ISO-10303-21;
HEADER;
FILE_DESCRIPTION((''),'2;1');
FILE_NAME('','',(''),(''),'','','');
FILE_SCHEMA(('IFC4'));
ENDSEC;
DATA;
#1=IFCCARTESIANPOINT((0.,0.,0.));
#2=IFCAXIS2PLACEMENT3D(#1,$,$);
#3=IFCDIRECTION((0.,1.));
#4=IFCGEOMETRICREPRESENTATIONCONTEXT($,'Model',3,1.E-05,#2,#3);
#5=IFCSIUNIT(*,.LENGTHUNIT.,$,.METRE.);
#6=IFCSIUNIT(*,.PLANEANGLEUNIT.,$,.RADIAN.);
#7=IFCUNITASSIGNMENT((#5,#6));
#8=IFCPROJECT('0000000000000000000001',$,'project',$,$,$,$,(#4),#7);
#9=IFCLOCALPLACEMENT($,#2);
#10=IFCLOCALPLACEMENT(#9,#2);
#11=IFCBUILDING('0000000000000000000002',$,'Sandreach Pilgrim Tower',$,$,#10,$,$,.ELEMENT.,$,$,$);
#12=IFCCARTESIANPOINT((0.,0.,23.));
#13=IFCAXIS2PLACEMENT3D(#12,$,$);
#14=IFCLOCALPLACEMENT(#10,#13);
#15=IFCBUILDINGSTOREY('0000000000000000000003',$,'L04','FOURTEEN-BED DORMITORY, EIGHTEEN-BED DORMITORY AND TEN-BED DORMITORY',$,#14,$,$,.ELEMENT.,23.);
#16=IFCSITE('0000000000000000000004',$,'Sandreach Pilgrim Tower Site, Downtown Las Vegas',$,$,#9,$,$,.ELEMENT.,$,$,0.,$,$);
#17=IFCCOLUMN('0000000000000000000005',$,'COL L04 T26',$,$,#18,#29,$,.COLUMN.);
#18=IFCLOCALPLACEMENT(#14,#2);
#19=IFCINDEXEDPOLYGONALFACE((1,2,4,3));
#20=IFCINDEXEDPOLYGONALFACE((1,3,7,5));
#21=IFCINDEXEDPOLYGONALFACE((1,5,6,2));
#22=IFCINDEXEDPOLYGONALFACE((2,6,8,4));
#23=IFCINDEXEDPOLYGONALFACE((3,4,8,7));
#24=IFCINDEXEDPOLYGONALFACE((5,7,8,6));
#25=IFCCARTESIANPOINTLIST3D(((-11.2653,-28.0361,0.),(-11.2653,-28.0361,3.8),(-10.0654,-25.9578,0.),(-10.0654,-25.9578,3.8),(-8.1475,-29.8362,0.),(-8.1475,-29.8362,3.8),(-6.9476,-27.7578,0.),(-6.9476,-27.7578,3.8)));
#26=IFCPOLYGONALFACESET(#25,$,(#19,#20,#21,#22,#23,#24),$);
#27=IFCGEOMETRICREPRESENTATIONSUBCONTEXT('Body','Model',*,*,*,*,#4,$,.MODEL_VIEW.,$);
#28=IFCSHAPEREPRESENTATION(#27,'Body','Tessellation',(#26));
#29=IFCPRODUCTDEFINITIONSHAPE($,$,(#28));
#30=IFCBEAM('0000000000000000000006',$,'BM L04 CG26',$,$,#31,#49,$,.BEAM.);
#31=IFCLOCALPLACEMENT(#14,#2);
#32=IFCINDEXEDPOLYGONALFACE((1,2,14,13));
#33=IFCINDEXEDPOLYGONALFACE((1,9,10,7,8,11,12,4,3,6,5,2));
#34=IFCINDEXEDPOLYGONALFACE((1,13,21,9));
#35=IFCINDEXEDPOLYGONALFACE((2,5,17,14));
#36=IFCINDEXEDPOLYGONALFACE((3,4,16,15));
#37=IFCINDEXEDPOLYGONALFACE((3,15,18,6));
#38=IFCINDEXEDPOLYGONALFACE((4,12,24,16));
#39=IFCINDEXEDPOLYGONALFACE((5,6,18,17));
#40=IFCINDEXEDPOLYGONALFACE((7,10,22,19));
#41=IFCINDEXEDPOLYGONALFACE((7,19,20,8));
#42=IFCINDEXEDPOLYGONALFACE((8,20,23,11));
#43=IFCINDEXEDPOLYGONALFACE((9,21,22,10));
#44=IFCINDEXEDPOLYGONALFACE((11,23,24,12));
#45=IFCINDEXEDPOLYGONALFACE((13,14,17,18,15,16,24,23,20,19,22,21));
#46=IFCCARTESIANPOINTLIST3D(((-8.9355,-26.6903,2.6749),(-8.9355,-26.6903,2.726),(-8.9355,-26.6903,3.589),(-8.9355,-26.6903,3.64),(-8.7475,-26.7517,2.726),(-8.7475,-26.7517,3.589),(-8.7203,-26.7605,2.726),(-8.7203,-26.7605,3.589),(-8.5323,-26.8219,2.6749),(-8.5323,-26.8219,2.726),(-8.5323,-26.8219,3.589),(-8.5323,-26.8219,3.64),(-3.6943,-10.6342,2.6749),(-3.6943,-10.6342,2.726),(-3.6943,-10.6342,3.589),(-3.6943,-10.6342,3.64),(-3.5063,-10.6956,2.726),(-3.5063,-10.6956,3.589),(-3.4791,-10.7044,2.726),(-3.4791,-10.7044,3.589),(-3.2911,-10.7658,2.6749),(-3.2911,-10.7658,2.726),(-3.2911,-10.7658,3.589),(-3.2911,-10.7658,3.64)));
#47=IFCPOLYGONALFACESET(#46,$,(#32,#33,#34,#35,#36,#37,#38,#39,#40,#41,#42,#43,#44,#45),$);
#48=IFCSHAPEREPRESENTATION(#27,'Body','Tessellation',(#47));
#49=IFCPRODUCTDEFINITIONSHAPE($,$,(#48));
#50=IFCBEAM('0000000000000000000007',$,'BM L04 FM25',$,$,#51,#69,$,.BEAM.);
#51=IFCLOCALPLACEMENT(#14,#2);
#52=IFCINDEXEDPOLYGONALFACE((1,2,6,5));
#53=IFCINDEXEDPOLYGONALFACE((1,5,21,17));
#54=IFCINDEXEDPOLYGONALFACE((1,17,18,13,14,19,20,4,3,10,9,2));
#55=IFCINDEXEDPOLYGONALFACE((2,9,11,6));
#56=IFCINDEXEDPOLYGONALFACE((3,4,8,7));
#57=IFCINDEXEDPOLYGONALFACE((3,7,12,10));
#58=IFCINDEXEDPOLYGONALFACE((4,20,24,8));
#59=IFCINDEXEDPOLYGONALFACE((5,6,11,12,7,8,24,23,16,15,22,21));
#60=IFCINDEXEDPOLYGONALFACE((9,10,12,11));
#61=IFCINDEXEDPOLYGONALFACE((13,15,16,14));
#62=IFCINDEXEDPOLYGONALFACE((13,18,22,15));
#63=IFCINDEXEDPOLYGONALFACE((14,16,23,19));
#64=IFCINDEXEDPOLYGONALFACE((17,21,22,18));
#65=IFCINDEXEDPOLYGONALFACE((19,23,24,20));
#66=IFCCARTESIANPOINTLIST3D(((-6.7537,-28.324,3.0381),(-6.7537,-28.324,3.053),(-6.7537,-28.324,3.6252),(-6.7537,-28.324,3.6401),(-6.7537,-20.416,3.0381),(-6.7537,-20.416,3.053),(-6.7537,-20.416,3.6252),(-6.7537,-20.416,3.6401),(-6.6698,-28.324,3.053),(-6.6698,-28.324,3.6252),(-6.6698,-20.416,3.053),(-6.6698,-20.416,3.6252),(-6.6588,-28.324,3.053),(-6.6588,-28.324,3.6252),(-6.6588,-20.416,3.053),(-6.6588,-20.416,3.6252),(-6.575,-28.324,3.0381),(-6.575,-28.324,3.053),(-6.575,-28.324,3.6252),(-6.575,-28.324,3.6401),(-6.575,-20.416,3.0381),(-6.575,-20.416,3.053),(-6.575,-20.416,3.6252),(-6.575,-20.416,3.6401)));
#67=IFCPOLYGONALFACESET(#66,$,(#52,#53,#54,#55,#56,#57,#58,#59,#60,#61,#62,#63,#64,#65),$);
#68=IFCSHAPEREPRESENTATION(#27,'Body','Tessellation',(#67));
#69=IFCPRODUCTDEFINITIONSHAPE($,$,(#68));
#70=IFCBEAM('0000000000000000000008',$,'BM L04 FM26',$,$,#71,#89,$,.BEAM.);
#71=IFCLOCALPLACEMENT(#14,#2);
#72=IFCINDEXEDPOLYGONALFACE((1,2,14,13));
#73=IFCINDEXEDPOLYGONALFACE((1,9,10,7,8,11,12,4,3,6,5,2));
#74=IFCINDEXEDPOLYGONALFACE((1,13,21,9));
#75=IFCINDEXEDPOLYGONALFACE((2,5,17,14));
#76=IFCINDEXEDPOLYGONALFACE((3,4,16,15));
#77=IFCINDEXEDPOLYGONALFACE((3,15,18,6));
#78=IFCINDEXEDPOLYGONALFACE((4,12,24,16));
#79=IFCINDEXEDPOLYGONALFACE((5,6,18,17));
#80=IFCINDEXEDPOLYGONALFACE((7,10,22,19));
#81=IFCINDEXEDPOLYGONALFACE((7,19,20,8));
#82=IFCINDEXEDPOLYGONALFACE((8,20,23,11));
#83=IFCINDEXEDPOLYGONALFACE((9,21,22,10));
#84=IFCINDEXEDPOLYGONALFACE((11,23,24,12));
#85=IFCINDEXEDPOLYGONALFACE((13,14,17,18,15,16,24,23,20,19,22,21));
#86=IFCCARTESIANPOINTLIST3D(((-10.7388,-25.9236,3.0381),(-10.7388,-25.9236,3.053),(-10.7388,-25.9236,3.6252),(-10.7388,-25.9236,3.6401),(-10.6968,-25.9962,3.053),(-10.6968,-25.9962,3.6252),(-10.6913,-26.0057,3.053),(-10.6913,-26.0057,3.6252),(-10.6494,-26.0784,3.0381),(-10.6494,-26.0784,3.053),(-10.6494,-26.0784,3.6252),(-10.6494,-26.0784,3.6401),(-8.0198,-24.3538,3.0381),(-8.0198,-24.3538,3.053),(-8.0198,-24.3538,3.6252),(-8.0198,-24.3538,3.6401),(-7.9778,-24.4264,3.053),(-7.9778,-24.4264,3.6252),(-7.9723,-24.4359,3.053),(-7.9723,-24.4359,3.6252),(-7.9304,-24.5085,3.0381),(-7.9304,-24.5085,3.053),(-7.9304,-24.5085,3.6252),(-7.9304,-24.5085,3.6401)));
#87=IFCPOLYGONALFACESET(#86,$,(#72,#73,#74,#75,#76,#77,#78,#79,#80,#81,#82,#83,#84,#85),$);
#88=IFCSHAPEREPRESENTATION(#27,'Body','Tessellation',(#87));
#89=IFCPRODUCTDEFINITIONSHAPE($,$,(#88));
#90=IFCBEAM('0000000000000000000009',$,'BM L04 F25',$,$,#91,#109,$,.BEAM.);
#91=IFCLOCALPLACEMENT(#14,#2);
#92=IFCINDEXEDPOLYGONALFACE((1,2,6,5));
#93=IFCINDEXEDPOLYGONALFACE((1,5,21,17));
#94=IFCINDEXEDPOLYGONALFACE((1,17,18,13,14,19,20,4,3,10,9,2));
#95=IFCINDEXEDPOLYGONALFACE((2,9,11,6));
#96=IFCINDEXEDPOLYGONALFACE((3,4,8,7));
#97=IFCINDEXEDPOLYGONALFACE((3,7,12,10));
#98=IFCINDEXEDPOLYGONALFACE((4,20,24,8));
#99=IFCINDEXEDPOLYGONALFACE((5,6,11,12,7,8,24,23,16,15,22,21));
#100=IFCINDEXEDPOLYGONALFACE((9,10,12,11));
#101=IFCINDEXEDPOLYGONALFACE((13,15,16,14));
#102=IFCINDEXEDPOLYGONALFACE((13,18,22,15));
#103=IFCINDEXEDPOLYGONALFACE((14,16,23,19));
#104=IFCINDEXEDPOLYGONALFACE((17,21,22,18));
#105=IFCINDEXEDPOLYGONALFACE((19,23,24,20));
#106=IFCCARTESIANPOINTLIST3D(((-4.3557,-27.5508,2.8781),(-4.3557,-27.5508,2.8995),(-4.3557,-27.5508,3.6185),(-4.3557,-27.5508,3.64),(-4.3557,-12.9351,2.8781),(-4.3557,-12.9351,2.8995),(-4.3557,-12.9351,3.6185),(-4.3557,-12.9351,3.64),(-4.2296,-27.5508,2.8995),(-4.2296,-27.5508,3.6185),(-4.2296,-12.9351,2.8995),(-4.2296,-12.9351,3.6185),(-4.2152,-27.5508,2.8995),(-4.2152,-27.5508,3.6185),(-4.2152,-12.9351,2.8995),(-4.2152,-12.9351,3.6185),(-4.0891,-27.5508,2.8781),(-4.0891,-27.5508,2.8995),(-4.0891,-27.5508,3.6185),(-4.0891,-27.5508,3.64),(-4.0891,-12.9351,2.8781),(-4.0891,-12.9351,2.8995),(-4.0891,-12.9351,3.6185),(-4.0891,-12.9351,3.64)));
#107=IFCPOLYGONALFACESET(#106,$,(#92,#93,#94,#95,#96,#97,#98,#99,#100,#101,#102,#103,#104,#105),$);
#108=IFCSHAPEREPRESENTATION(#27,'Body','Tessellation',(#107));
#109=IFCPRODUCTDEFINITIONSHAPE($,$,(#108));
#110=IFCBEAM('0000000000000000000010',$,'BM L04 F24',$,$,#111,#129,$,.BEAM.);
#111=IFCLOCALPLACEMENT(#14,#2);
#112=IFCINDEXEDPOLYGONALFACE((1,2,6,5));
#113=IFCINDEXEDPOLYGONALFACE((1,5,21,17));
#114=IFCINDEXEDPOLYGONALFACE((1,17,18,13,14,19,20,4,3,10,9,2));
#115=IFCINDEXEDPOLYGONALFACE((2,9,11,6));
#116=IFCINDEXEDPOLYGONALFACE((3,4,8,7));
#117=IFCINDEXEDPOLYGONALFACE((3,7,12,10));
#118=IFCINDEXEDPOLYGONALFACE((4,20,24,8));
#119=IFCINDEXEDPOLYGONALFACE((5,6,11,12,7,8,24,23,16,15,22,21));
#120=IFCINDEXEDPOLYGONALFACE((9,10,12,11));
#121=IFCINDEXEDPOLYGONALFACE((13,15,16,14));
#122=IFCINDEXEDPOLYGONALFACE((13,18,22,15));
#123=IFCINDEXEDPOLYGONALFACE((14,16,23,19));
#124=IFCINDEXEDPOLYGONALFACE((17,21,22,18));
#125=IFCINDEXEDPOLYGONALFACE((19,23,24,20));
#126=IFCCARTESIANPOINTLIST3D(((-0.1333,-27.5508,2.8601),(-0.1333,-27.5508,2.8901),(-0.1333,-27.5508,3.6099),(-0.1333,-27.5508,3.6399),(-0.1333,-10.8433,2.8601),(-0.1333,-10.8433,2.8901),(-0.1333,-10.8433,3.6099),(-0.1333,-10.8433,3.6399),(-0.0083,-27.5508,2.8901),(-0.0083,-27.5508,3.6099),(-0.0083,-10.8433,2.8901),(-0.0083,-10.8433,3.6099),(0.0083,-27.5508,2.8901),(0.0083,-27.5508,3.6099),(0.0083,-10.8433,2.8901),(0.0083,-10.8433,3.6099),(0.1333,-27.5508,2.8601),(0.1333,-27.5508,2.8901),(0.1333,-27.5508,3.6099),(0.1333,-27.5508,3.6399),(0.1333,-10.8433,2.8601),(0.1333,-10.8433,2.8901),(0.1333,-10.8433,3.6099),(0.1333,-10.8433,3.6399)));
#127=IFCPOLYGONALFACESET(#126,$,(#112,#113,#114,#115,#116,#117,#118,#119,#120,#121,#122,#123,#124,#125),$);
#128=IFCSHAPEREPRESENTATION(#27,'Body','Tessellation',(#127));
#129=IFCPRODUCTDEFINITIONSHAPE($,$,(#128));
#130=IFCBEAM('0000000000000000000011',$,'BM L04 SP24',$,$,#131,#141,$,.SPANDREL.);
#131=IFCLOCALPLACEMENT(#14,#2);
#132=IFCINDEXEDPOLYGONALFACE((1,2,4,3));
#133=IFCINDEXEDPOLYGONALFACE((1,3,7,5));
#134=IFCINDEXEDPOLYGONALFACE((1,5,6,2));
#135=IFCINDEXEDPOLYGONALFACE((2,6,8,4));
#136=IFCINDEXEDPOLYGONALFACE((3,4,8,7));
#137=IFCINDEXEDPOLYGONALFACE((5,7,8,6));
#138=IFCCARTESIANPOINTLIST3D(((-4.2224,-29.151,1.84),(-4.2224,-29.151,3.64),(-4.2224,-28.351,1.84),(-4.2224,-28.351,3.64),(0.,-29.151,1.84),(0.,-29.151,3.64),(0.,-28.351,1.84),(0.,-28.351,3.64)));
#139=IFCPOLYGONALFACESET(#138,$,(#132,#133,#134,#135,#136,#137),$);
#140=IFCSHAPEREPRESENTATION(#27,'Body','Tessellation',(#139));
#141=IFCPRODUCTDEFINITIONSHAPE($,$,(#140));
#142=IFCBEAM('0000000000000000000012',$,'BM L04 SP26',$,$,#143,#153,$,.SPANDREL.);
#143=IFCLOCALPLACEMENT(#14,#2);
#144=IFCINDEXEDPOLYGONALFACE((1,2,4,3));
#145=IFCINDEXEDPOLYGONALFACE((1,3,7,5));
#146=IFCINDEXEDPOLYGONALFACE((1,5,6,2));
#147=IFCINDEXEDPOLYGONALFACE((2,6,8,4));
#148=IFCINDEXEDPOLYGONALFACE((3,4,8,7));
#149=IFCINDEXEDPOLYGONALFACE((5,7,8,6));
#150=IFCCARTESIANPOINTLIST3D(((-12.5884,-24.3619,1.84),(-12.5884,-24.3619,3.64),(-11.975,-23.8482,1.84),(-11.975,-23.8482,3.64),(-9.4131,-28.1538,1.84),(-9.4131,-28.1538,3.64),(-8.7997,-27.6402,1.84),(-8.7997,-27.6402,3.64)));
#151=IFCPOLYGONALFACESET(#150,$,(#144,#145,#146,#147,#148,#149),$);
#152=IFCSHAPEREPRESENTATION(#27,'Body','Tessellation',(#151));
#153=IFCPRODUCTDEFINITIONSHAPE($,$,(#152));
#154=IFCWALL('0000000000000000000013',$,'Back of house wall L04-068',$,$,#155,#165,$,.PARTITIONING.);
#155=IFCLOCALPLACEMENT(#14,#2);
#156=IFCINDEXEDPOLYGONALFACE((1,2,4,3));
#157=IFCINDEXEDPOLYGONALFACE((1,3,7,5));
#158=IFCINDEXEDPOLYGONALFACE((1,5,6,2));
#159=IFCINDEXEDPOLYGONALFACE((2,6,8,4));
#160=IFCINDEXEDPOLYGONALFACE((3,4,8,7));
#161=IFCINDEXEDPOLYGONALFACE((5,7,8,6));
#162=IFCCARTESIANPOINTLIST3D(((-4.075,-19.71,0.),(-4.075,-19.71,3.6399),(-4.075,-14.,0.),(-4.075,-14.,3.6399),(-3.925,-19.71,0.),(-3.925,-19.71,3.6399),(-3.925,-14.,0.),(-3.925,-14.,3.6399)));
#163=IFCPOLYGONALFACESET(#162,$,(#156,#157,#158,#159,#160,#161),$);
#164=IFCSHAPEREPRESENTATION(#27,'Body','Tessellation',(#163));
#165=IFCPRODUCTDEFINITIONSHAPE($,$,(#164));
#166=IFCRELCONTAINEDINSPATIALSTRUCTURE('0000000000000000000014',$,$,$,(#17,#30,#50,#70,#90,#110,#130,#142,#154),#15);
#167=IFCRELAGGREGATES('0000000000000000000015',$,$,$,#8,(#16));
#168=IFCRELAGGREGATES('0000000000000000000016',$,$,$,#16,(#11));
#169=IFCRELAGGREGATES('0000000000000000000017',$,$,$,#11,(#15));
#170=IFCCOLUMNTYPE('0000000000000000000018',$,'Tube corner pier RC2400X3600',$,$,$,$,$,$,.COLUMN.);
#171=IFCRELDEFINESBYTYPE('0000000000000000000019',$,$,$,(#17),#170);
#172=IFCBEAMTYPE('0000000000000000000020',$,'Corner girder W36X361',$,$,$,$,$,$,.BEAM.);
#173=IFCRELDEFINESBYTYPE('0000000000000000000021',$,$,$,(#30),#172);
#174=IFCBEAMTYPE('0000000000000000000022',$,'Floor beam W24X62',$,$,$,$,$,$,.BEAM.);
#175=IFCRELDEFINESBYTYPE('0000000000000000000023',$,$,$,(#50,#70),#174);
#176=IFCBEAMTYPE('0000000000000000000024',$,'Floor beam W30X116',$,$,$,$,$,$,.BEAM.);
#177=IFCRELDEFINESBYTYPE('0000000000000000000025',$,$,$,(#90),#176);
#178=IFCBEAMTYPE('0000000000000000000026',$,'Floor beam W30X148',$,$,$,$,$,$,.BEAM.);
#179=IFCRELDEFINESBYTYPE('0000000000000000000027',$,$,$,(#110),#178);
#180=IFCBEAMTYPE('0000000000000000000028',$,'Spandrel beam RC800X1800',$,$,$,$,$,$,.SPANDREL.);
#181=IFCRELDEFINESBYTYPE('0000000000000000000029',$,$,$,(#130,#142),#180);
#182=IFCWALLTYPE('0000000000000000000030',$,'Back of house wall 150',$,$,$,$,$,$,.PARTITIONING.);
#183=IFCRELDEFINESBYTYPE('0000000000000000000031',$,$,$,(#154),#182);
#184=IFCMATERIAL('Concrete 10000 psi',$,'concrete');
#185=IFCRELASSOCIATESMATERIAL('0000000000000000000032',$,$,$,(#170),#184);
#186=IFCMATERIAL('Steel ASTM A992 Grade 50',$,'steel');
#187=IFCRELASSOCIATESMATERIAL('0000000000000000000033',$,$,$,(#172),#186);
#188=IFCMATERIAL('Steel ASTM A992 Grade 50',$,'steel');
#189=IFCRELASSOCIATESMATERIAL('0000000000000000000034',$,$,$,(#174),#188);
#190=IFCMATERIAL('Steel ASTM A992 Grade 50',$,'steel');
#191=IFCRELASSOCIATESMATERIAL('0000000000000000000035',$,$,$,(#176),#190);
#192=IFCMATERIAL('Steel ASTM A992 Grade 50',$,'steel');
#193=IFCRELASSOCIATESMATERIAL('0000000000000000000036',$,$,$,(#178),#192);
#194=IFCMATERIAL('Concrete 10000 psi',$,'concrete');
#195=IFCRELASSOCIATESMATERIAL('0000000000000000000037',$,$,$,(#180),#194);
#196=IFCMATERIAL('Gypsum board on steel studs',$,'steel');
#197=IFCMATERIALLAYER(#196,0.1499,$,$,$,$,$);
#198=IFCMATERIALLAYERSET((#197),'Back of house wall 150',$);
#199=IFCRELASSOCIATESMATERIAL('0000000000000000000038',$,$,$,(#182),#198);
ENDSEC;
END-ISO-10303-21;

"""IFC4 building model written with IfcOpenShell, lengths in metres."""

from ifc_helpers import new_model, si_unit, direction, frame, frame_2d, origin, origin_2d, place, context, subcontext, project, spatial, rectangle, i_section, extrude, material, layer, layer_set, material_profile, profile_set, type_object, element, save


model = new_model("IFC4")

# Units and contexts
model_context = context("Model", 3, precision=1e-05, world=origin(), true_north=direction((0.0, 1.0)))
body_context = subcontext(model_context, "Body", "Model", "MODEL_VIEW")
ifc_project = project(units=[si_unit("LENGTHUNIT", "METRE"), si_unit("PLANEANGLEUNIT", "RADIAN")], contexts=[model_context])

# Site, building, storey
site_placement = place(None, origin())
site = spatial("IfcSite", under=ifc_project, at=site_placement, Name="Sandreach Pilgrim Tower Site, Downtown Las Vegas", CompositionType="ELEMENT", RefElevation=0.0)
building_placement = place(site_placement, origin())
building = spatial("IfcBuilding", under=site, at=building_placement, Name="Sandreach Pilgrim Tower", CompositionType="ELEMENT")
storey_placement = place(building_placement, frame((0.0, 0.0, 23.0)))
storey = spatial("IfcBuildingStorey", under=building, at=storey_placement, Name="L04", Description="FOURTEEN-BED DORMITORY, EIGHTEEN-BED DORMITORY AND TEN-BED DORMITORY", CompositionType="ELEMENT", Elevation=23.0)

# Column
ifc_material_1 = material(Name="Concrete 10000 psi", Category="concrete")
ifc_material_profile_1 = material_profile(ifc_material_1, rectangle(XDim=2.3999, YDim=3.6001, at=origin_2d()), Name="RC2400X3600")
ifc_profile_set_1 = profile_set([ifc_material_profile_1], Name="Concrete 10000 psi")
column_type = type_object("IfcColumnType", Name="Tube corner pier RC2400X3600", PredefinedType="COLUMN", material=ifc_profile_set_1)
column_placement = place(storey_placement, frame((-9.1064, -27.897, 0.0), z_axis=(0.0, 0.0, 1.0), x_axis=(-0.5, -0.866025, 0.0)))
element("IfcColumn", 1, at=column_placement, inside=storey, type_object=column_type, Name="COL L04 T26", PredefinedType="COLUMN", context=body_context, shape_type="SweptSolid", body=[
    extrude(rectangle(XDim=2.3999, YDim=3.6001, at=origin_2d()), origin(), (0.0, 0.0, 1.0), 3.8),
])

# Beams
ifc_material_2 = material(Name="Steel ASTM A992 Grade 50", Category="steel")
ifc_material_profile_2 = material_profile(ifc_material_2, i_section(OverallWidth=0.4241, OverallDepth=0.9651, WebThickness=0.0286, FlangeThickness=0.051, at=origin_2d()), Name="W36X361")
ifc_profile_set_2 = profile_set([ifc_material_profile_2], Name="Steel ASTM A992 Grade 50")
beam_type_1 = type_object("IfcBeamType", Name="Corner girder W36X361", PredefinedType="BEAM", material=ifc_profile_set_2)
beam_1_placement = place(storey_placement, frame((-8.7339, -26.7561, 3.1575), z_axis=(0.310315, 0.950634, 0.0), x_axis=(-0.950634, 0.310315, 0.0)))
element("IfcBeam", 2, at=beam_1_placement, inside=storey, type_object=beam_type_1, Name="BM L04 CG26", PredefinedType="BEAM", context=body_context, shape_type="SweptSolid", body=[
    extrude(i_section(OverallWidth=0.4241, OverallDepth=0.9651, WebThickness=0.0286, FlangeThickness=0.051, at=origin_2d()), origin(), (0.0, 0.0, 1.0), 16.8899),
])
ifc_material_3 = material(Name="Steel ASTM A992 Grade 50", Category="steel")
ifc_material_profile_3 = material_profile(ifc_material_3, i_section(OverallWidth=0.1787, OverallDepth=0.6021, WebThickness=0.011, FlangeThickness=0.0149, at=origin_2d()), Name="W24X62")
ifc_profile_set_3 = profile_set([ifc_material_profile_3], Name="Steel ASTM A992 Grade 50")
beam_type_2 = type_object("IfcBeamType", Name="Floor beam W24X62", PredefinedType="BEAM", material=ifc_profile_set_3)
beam_2_placement = place(storey_placement, frame((-6.6643, -28.324, 3.3391), z_axis=(0.0, 1.0, 0.0), x_axis=(-1.0, 0.0, 0.0)))
element("IfcBeam", 3, at=beam_2_placement, inside=storey, type_object=beam_type_2, Name="BM L04 FM25", PredefinedType="BEAM", context=body_context, shape_type="SweptSolid", body=[
    extrude(i_section(OverallWidth=0.1787, OverallDepth=0.6021, WebThickness=0.011, FlangeThickness=0.0149, at=origin_2d()), origin(), (0.0, 0.0, 1.0), 7.908),
])
beam_3_placement = place(storey_placement, frame((-10.6941, -26.001, 3.3391), z_axis=(0.866024, 0.500003, 0.0), x_axis=(-0.500003, 0.866024, 0.0)))
element("IfcBeam", 4, at=beam_3_placement, inside=storey, type_object=beam_type_2, Name="BM L04 FM26", PredefinedType="BEAM", context=body_context, shape_type="SweptSolid", body=[
    extrude(i_section(OverallWidth=0.1787, OverallDepth=0.6021, WebThickness=0.011, FlangeThickness=0.0149, at=origin_2d()), origin(), (0.0, 0.0, 1.0), 3.1396),
])
ifc_material_4 = material(Name="Steel ASTM A992 Grade 50", Category="steel")
ifc_material_profile_4 = material_profile(ifc_material_4, i_section(OverallWidth=0.2666, OverallDepth=0.762, WebThickness=0.0144, FlangeThickness=0.0215, at=origin_2d()), Name="W30X116")
ifc_profile_set_4 = profile_set([ifc_material_profile_4], Name="Steel ASTM A992 Grade 50")
beam_type_3 = type_object("IfcBeamType", Name="Floor beam W30X116", PredefinedType="BEAM", material=ifc_profile_set_4)
beam_4_placement = place(storey_placement, frame((-4.2224, -27.5508, 3.259), z_axis=(0.0, 1.0, 0.0), x_axis=(-1.0, 0.0, 0.0)))
element("IfcBeam", 5, at=beam_4_placement, inside=storey, type_object=beam_type_3, Name="BM L04 F25", PredefinedType="BEAM", context=body_context, shape_type="SweptSolid", body=[
    extrude(i_section(OverallWidth=0.2666, OverallDepth=0.762, WebThickness=0.0144, FlangeThickness=0.0215, at=origin_2d()), origin(), (0.0, 0.0, 1.0), 14.6157),
])
ifc_material_5 = material(Name="Steel ASTM A992 Grade 50", Category="steel")
ifc_material_profile_5 = material_profile(ifc_material_5, i_section(OverallWidth=0.2666, OverallDepth=0.7798, WebThickness=0.0166, FlangeThickness=0.03, at=origin_2d()), Name="W30X148")
ifc_profile_set_5 = profile_set([ifc_material_profile_5], Name="Steel ASTM A992 Grade 50")
beam_type_4 = type_object("IfcBeamType", Name="Floor beam W30X148", PredefinedType="BEAM", material=ifc_profile_set_5)
beam_5_placement = place(storey_placement, frame((0.0, -27.5508, 3.25), z_axis=(0.0, 1.0, 0.0), x_axis=(-1.0, 0.0, 0.0)))
element("IfcBeam", 6, at=beam_5_placement, inside=storey, type_object=beam_type_4, Name="BM L04 F24", PredefinedType="BEAM", context=body_context, shape_type="SweptSolid", body=[
    extrude(i_section(OverallWidth=0.2666, OverallDepth=0.7798, WebThickness=0.0166, FlangeThickness=0.03, at=origin_2d()), origin(), (0.0, 0.0, 1.0), 16.7075),
])
ifc_material_6 = material(Name="Concrete 10000 psi", Category="concrete")
ifc_material_profile_6 = material_profile(ifc_material_6, rectangle(XDim=0.8, YDim=1.8, at=origin_2d()), Name="RC800X1800")
ifc_profile_set_6 = profile_set([ifc_material_profile_6], Name="Concrete 10000 psi")
beam_type_5 = type_object("IfcBeamType", Name="Spandrel beam RC800X1800", PredefinedType="SPANDREL", material=ifc_profile_set_6)
beam_6_placement = place(storey_placement, frame((0.0, -28.751, 2.74), z_axis=(-1.0, 0.0, 0.0), x_axis=(0.0, -1.0, 0.0)))
element("IfcBeam", 7, at=beam_6_placement, inside=storey, type_object=beam_type_5, Name="BM L04 SP24", PredefinedType="SPANDREL", context=body_context, shape_type="SweptSolid", body=[
    extrude(rectangle(XDim=0.8, YDim=1.8, at=origin_2d()), origin(), (0.0, 0.0, 1.0), 4.2224),
])
beam_7_placement = place(storey_placement, frame((-9.1064, -27.897, 2.74), z_axis=(-0.642008, 0.766698, 0.0), x_axis=(-0.766698, -0.642008, 0.0)))
element("IfcBeam", 8, at=beam_7_placement, inside=storey, type_object=beam_type_5, Name="BM L04 SP26", PredefinedType="SPANDREL", context=body_context, shape_type="SweptSolid", body=[
    extrude(rectangle(XDim=0.8, YDim=1.8, at=origin_2d()), origin(), (0.0, 0.0, 1.0), 4.9458),
])

# Wall
ifc_material_7 = material(Name="Gypsum board on steel studs", Category="steel")
ifc_layer_1 = layer(ifc_material_7, 0.1499)
ifc_layer_set_1 = layer_set([ifc_layer_1], Name="Back of house wall 150")
wall_type_1 = type_object("IfcWallType", Name="Back of house wall 150", PredefinedType="PARTITIONING", material=ifc_layer_set_1)
wall_1_placement = place(storey_placement, frame((-4.0, -14.0, 0.0), z_axis=(0.0, 0.0, 1.0), x_axis=(0.0, -1.0, 0.0)))
element("IfcWall", 9, at=wall_1_placement, inside=storey, type_object=wall_type_1, Name="Back of house wall L04-068", PredefinedType="PARTITIONING", context=body_context, shape_type="SweptSolid", body=[
    extrude(rectangle(XDim=5.71, YDim=0.1499, at=frame_2d((2.855, 0.0))), origin(), (0.0, 0.0, 1.0), 3.6399),
])

save(model, "model.ifc")
